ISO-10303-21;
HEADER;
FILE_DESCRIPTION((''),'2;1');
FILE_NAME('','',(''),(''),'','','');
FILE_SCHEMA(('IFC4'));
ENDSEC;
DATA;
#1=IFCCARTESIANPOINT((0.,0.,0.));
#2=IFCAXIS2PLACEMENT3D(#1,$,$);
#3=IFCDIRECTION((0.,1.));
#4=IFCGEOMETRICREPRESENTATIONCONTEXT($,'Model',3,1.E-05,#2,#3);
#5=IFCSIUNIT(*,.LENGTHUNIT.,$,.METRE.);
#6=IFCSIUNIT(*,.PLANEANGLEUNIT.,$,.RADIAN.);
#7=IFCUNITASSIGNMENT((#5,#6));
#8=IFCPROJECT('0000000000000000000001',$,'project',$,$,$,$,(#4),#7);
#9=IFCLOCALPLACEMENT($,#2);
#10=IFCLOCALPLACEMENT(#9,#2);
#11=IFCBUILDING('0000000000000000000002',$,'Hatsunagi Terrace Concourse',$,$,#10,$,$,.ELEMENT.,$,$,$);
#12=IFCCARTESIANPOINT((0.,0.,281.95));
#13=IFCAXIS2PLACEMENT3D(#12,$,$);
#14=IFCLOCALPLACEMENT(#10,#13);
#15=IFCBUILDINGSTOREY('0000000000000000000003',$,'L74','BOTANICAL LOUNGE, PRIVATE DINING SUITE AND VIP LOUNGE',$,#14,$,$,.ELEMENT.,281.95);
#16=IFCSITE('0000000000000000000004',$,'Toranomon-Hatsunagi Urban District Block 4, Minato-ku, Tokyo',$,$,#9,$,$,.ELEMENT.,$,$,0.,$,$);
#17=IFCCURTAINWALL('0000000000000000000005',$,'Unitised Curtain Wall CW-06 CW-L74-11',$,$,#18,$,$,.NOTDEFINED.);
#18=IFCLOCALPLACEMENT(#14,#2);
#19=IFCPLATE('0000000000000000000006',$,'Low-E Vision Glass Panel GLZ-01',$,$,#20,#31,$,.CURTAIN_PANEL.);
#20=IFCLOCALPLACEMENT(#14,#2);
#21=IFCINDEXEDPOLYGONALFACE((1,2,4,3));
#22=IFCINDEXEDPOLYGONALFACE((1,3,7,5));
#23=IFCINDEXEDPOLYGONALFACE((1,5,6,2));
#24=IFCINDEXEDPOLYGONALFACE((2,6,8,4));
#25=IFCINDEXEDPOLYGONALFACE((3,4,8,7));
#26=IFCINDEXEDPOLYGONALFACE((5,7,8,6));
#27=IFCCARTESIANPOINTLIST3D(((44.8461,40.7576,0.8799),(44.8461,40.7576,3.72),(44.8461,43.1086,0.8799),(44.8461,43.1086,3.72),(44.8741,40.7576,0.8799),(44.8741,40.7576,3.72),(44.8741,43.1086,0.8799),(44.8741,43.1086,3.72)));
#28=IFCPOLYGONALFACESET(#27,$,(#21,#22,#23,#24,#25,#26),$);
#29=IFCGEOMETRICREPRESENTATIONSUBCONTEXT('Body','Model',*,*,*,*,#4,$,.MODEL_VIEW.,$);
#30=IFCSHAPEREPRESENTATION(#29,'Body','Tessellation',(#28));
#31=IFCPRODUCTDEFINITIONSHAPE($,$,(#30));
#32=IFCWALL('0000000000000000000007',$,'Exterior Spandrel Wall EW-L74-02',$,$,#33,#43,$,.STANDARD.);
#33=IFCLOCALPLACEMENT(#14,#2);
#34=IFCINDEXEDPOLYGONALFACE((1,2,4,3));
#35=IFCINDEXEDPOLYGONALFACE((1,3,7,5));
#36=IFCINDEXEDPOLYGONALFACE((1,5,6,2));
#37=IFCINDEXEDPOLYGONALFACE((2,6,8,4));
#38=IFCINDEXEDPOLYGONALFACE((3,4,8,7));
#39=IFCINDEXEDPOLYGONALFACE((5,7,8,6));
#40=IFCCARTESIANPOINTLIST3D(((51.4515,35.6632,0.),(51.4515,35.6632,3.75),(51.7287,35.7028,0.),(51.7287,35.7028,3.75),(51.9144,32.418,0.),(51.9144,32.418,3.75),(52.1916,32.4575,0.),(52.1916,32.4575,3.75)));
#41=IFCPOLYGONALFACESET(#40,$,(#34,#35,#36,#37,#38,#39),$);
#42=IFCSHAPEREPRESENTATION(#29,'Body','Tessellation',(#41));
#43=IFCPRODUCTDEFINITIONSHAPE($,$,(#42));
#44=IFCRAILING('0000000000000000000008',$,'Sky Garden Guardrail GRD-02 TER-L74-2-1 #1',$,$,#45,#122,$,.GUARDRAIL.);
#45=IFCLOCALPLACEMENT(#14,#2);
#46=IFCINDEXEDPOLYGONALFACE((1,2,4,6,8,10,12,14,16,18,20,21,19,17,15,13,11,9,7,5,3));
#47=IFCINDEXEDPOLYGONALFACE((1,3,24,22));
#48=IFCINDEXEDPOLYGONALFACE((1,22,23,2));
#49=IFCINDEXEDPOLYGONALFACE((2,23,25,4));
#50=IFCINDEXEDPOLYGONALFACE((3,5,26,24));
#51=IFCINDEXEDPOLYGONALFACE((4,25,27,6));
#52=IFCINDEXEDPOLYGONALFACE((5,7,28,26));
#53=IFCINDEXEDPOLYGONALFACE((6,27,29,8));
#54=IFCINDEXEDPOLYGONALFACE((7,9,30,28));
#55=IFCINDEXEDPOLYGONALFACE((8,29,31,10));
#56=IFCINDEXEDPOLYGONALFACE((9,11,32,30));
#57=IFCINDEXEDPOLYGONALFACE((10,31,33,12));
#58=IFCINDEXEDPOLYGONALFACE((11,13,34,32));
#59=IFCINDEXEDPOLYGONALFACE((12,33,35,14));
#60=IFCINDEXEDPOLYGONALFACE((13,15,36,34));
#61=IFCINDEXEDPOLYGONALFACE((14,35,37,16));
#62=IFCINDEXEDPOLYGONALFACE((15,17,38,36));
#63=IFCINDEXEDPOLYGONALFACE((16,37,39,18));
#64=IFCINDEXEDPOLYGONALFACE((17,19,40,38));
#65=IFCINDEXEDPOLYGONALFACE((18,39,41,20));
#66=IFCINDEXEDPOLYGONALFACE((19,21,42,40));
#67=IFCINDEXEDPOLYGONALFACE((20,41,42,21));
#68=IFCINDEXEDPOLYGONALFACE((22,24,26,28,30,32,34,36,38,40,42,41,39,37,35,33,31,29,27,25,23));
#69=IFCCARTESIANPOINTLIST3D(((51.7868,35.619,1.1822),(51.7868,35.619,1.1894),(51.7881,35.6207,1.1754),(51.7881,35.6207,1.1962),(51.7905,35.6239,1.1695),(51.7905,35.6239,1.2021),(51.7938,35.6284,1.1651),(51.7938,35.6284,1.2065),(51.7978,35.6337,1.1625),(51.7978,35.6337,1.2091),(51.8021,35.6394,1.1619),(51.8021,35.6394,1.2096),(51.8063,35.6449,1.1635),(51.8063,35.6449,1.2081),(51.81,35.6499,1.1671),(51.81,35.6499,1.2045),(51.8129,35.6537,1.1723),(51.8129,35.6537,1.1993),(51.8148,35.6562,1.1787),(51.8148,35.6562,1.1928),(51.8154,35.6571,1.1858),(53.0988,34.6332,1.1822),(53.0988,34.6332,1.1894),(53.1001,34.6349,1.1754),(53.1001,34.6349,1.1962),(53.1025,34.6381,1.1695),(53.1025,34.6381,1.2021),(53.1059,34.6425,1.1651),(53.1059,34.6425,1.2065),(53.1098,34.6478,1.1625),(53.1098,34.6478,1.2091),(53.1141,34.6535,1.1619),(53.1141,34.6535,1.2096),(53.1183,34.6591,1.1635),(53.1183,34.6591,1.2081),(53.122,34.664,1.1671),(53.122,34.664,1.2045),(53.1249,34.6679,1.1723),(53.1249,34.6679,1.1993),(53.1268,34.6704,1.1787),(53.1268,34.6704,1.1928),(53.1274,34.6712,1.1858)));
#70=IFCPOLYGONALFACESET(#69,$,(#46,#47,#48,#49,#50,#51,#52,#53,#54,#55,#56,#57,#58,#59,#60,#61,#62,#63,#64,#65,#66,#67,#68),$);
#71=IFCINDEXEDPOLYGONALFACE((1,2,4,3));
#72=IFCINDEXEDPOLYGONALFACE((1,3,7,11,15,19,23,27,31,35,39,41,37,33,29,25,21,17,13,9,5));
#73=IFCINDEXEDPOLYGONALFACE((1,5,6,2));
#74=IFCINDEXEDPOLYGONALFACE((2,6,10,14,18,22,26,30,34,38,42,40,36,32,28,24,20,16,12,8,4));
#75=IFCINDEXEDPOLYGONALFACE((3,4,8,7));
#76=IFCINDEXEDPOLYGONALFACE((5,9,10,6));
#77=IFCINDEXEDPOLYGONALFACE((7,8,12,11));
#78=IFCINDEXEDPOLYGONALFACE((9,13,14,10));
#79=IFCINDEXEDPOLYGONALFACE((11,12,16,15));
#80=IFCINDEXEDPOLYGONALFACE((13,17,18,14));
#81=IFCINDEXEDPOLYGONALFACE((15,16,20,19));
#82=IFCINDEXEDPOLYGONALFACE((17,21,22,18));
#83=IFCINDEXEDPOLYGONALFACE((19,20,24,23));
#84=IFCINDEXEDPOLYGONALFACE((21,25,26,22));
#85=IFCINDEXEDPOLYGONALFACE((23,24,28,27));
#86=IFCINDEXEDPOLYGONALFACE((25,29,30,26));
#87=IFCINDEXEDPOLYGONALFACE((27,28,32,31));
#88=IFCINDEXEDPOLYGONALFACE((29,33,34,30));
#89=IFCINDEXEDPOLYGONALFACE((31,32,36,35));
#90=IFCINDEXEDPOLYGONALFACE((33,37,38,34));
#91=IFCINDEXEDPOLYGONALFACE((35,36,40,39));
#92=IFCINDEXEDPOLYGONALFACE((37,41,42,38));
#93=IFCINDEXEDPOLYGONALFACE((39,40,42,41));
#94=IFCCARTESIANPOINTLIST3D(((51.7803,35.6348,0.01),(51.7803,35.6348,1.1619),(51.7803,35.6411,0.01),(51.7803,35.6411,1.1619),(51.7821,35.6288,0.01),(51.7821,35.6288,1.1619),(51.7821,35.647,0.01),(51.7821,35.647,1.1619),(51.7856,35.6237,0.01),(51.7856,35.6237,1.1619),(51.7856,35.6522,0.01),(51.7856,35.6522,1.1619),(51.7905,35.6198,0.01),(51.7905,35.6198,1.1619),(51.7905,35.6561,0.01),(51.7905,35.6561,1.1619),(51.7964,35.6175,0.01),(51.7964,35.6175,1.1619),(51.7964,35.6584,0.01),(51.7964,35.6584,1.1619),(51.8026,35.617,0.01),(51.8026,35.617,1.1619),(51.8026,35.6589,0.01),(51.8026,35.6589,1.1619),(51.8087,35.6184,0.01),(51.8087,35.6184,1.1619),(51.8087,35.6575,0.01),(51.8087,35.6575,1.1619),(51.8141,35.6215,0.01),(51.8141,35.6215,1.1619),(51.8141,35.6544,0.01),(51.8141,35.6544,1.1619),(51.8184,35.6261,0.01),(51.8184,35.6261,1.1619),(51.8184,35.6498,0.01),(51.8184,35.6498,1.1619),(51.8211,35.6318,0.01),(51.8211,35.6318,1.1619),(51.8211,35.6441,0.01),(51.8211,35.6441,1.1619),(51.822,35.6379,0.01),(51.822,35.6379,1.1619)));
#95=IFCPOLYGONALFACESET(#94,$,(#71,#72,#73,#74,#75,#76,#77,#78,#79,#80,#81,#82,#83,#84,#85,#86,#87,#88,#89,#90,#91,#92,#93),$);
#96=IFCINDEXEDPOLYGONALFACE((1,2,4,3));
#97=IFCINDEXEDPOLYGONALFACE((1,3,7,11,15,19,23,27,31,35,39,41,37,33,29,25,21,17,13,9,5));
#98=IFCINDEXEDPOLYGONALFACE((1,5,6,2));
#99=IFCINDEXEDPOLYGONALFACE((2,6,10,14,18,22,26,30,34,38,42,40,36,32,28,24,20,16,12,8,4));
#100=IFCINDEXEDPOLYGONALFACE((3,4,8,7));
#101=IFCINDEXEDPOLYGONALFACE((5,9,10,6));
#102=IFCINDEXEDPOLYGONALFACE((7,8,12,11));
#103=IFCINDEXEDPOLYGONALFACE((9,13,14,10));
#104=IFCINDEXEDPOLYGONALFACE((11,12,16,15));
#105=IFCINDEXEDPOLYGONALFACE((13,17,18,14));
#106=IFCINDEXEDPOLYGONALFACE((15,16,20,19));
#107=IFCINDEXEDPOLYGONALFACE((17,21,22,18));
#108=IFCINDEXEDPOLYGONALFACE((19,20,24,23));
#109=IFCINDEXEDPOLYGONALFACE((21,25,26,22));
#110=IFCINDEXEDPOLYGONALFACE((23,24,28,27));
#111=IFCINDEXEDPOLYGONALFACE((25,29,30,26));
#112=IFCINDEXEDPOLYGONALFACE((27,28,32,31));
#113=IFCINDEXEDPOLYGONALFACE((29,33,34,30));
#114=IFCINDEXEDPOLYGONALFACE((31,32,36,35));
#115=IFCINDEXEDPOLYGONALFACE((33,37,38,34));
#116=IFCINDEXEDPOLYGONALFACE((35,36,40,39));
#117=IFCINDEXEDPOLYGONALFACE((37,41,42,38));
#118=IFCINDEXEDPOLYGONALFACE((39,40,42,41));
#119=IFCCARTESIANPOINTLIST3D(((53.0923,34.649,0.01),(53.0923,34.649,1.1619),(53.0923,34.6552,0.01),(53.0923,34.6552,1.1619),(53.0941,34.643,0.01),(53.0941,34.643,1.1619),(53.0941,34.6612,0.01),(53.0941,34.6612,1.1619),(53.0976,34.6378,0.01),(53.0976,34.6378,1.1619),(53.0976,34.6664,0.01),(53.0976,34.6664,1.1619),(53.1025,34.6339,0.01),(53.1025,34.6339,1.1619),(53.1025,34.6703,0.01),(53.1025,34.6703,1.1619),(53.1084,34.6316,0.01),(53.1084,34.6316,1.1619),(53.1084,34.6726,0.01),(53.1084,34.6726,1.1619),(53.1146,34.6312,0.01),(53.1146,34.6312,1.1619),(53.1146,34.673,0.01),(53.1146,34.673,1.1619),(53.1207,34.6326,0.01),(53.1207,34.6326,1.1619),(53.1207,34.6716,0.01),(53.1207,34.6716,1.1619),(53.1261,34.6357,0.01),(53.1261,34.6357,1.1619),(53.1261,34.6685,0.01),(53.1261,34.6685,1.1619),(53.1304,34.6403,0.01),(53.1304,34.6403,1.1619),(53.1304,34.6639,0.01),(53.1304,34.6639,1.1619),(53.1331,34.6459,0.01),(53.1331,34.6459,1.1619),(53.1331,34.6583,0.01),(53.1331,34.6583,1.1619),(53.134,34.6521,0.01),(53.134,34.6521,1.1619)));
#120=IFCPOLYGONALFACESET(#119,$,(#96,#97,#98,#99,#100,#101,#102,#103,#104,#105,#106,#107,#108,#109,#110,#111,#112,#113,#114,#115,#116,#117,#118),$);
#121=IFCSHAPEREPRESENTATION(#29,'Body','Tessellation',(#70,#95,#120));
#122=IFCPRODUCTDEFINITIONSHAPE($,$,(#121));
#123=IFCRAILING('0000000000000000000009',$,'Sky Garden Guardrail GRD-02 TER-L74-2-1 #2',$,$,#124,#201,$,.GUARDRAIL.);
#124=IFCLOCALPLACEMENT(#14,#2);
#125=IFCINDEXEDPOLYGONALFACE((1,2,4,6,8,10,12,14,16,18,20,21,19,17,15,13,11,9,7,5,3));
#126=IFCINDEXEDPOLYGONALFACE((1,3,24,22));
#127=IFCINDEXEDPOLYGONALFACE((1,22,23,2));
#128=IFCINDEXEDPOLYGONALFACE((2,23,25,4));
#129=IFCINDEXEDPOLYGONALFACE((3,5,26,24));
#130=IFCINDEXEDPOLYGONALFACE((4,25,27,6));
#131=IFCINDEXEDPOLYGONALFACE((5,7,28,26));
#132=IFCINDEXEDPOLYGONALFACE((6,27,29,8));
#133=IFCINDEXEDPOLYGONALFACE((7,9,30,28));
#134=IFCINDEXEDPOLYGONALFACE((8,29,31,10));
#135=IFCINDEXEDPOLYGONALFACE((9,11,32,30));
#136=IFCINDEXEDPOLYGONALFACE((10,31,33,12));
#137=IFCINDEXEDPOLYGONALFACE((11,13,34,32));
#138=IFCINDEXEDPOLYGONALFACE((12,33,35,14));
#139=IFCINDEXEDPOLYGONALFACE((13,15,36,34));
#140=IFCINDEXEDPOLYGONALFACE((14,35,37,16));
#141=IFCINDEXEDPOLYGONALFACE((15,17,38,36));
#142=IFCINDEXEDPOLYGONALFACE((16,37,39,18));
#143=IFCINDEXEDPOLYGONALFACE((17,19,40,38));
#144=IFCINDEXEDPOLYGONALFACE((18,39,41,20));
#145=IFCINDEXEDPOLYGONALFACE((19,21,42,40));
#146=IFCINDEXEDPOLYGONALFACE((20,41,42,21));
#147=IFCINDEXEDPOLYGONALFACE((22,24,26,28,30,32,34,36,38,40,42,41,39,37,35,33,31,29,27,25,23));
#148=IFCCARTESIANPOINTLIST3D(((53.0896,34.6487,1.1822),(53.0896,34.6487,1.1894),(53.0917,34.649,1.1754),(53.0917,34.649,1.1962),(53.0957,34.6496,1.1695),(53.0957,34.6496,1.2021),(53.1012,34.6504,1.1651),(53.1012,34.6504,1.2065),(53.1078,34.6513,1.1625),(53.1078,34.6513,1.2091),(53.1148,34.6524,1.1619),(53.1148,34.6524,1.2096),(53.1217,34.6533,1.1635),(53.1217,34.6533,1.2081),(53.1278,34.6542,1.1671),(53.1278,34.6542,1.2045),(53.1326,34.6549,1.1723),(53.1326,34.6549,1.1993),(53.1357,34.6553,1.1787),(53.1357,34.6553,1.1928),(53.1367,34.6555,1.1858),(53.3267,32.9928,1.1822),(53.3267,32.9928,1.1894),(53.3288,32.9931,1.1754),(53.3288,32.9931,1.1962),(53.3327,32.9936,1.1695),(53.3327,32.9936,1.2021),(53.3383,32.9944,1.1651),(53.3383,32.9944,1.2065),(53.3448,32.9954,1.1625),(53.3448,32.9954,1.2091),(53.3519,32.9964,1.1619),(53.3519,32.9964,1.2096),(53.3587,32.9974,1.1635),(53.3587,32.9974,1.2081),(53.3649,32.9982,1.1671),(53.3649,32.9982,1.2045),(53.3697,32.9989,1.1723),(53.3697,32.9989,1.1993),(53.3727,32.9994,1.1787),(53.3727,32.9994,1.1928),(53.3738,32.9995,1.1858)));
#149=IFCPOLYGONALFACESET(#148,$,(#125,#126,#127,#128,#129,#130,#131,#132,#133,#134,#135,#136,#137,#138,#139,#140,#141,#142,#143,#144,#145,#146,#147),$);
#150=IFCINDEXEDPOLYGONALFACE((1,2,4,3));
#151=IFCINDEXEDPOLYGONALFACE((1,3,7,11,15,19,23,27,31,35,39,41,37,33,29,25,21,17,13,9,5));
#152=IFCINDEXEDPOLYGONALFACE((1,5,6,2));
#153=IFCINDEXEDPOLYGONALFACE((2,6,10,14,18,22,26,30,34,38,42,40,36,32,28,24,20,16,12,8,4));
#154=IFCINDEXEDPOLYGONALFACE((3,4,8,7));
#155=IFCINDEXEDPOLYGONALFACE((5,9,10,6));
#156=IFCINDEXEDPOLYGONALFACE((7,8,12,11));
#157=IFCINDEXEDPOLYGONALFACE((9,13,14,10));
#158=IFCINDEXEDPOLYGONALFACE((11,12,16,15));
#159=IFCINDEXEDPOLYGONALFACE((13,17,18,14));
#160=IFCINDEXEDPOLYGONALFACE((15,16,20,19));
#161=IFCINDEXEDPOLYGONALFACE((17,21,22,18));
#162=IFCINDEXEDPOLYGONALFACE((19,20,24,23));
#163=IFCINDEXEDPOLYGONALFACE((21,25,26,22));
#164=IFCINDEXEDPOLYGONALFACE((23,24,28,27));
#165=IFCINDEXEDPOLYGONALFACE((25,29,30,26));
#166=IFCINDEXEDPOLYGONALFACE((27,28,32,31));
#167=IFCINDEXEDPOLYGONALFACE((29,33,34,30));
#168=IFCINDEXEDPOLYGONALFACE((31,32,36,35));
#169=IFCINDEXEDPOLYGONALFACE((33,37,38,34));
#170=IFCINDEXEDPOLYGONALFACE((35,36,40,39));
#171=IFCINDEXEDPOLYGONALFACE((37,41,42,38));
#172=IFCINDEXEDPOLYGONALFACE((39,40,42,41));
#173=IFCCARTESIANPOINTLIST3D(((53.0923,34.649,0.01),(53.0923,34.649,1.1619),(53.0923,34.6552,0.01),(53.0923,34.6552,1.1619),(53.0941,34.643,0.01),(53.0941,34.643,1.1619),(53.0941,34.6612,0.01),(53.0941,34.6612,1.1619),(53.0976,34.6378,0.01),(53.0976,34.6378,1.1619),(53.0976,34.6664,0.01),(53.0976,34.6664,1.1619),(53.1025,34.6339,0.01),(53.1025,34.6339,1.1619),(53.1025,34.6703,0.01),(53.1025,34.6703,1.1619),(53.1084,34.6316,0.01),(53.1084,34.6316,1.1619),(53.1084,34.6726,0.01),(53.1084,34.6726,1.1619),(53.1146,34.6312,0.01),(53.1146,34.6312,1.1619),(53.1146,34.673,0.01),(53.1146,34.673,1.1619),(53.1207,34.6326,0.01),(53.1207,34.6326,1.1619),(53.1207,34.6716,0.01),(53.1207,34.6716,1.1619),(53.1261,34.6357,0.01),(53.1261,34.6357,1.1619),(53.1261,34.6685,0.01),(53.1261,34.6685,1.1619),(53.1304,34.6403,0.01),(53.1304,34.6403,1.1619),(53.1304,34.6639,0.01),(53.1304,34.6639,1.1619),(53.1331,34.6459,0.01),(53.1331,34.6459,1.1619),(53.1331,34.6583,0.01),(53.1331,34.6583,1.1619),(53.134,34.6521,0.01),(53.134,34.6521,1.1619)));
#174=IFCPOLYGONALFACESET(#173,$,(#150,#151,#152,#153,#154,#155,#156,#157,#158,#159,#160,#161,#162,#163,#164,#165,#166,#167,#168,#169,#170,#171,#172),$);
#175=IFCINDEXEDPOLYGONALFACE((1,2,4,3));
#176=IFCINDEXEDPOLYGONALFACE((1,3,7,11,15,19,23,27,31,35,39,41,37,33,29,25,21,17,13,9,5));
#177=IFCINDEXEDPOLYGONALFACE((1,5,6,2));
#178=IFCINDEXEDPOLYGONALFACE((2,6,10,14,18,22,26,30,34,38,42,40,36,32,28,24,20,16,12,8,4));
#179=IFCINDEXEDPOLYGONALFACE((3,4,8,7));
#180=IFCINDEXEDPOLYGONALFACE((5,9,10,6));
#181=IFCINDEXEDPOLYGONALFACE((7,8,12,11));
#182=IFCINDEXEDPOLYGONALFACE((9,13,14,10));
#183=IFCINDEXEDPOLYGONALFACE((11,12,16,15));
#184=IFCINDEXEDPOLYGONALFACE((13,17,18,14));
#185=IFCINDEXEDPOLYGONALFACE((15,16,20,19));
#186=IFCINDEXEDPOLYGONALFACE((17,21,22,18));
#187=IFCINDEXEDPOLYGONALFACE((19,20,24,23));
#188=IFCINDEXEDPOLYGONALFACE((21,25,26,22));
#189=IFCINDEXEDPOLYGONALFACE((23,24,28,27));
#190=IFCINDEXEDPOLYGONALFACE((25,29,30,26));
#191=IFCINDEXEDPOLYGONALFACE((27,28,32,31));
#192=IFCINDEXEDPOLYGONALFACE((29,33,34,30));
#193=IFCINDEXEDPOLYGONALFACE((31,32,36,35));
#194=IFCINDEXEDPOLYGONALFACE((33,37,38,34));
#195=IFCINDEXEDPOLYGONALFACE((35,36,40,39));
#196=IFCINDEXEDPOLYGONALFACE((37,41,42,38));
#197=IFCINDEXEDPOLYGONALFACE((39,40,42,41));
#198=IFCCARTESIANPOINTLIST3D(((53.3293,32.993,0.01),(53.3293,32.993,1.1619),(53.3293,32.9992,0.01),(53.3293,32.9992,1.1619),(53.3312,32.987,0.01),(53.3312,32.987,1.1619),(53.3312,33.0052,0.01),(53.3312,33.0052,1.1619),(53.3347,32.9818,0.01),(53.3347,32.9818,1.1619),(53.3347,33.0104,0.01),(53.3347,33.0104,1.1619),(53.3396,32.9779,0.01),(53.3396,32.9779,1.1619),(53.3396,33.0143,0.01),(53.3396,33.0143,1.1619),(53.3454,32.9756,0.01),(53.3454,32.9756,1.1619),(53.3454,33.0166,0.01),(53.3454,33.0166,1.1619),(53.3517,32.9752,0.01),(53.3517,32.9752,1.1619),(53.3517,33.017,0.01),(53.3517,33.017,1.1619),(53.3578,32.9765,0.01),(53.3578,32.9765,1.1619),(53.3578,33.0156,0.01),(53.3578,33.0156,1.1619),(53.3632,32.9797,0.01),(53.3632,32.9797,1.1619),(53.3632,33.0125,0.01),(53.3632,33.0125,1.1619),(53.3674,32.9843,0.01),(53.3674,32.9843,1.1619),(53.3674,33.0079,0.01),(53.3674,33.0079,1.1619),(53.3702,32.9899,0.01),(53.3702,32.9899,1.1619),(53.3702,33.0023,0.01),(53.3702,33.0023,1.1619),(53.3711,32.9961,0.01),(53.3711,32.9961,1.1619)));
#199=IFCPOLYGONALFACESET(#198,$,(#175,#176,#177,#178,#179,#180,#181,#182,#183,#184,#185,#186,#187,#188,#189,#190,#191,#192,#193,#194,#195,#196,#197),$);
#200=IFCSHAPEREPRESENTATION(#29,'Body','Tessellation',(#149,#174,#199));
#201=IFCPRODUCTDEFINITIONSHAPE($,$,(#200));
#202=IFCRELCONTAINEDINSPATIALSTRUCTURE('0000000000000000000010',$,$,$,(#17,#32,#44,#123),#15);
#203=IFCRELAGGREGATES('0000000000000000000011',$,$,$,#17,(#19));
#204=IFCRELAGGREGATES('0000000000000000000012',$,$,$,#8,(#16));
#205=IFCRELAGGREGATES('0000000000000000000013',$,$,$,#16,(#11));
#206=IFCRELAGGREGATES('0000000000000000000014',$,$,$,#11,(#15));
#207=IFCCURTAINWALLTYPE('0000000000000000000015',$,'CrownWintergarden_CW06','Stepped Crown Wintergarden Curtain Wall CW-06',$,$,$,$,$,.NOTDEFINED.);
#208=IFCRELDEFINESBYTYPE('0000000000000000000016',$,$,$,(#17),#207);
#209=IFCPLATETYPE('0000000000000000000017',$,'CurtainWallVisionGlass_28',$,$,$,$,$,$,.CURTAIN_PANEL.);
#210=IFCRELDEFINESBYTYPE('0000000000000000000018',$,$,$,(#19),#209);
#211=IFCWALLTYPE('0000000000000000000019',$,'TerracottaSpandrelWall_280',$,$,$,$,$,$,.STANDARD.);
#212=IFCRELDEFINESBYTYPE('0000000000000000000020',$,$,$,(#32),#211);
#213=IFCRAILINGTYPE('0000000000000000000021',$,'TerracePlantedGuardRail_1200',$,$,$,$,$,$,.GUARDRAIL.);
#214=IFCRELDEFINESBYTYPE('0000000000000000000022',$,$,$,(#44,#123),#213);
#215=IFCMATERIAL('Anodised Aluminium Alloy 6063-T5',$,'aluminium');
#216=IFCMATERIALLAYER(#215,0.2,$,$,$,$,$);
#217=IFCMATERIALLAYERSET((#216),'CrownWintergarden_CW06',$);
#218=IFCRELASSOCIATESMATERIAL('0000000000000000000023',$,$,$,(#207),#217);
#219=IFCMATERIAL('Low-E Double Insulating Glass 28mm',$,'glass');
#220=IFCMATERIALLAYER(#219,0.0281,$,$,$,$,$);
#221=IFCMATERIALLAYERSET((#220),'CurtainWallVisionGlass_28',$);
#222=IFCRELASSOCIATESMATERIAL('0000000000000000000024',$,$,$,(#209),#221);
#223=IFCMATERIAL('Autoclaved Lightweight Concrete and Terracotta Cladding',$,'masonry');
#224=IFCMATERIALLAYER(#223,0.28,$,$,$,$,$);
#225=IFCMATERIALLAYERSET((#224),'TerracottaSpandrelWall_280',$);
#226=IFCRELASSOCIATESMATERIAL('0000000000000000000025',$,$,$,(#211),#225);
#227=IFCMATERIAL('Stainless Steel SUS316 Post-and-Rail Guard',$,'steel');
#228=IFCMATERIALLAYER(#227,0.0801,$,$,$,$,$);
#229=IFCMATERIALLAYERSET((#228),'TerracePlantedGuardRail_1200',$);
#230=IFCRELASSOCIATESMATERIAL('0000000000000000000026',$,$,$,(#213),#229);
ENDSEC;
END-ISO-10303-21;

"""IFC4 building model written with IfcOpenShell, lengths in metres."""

from ifc_helpers import new_model, si_unit, direction, frame, frame_2d, origin, origin_2d, place, context, subcontext, project, spatial, rectangle, circle, extrude, material, layer, layer_set, type_object, element, aggregate, save


model = new_model("IFC4")

# Units and contexts
model_context = context("Model", 3, precision=1e-05, world=origin(), true_north=direction((0.0, 1.0)))
body_context = subcontext(model_context, "Body", "Model", "MODEL_VIEW")
ifc_project = project(units=[si_unit("LENGTHUNIT", "METRE"), si_unit("PLANEANGLEUNIT", "RADIAN")], contexts=[model_context])

# Site, building, storey
site_placement = place(None, origin())
site = spatial("IfcSite", under=ifc_project, at=site_placement, Name="Toranomon-Hatsunagi Urban District Block 4, Minato-ku, Tokyo", CompositionType="ELEMENT", RefElevation=0.0)
building_placement = place(site_placement, origin())
building = spatial("IfcBuilding", under=site, at=building_placement, Name="Hatsunagi Terrace Concourse", CompositionType="ELEMENT")
storey_placement = place(building_placement, frame((0.0, 0.0, 281.95)))
storey = spatial("IfcBuildingStorey", under=building, at=storey_placement, Name="L74", Description="BOTANICAL LOUNGE, PRIVATE DINING SUITE AND VIP LOUNGE", CompositionType="ELEMENT", Elevation=281.95)

# Curtain wall
ifc_material_1 = material(Name="Anodised Aluminium Alloy 6063-T5", Category="aluminium")
ifc_layer_1 = layer(ifc_material_1, 0.2)
ifc_layer_set_1 = layer_set([ifc_layer_1], Name="CrownWintergarden_CW06")
curtain_wall_type = type_object("IfcCurtainWallType", Name="CrownWintergarden_CW06", Description="Stepped Crown Wintergarden Curtain Wall CW-06", PredefinedType="NOTDEFINED", material=ifc_layer_set_1)
curtain_wall_1_placement = place(storey_placement, origin())
curtain_wall_1 = element("IfcCurtainWall", 1, at=curtain_wall_1_placement, inside=storey, type_object=curtain_wall_type, Name="Unitised Curtain Wall CW-06 CW-L74-11", PredefinedType="NOTDEFINED")

# Plate
ifc_material_2 = material(Name="Low-E Double Insulating Glass 28mm", Category="glass")
ifc_layer_2 = layer(ifc_material_2, 0.0281)
ifc_layer_set_2 = layer_set([ifc_layer_2], Name="CurtainWallVisionGlass_28")
plate_type_1 = type_object("IfcPlateType", Name="CurtainWallVisionGlass_28", PredefinedType="CURTAIN_PANEL", material=ifc_layer_set_2)
plate_1_placement = place(storey_placement, frame((44.8601, 41.9331, 0.8799), z_axis=(0.0, 0.0, 1.0), x_axis=(0.0, -1.0, 0.0)))
plate_1 = element("IfcPlate", 2, at=plate_1_placement, type_object=plate_type_1, Name="Low-E Vision Glass Panel GLZ-01", PredefinedType="CURTAIN_PANEL", context=body_context, shape_type="SweptSolid", body=[
    extrude(rectangle(XDim=2.3511, YDim=0.0281, at=origin_2d()), origin(), (0.0, 0.0, 1.0), 2.8401),
])
aggregate(curtain_wall_1, [plate_1])

# Wall
ifc_material_3 = material(Name="Autoclaved Lightweight Concrete and Terracotta Cladding", Category="masonry")
ifc_layer_3 = layer(ifc_material_3, 0.28)
ifc_layer_set_3 = layer_set([ifc_layer_3], Name="TerracottaSpandrelWall_280")
wall_type = type_object("IfcWallType", Name="TerracottaSpandrelWall_280", PredefinedType="STANDARD", material=ifc_layer_set_3)
wall_placement = place(storey_placement, frame((51.5901, 35.6831, 0.0), z_axis=(0.0, 0.0, 1.0), x_axis=(0.141213, -0.989979, 0.0)))
element("IfcWall", 3, at=wall_placement, inside=storey, type_object=wall_type, Name="Exterior Spandrel Wall EW-L74-02", PredefinedType="STANDARD", context=body_context, shape_type="SweptSolid", body=[
    extrude(rectangle(XDim=3.2781, YDim=0.28, at=frame_2d((1.6392, 0.0))), origin(), (0.0, 0.0, 1.0), 3.75),
])

# Railings
ifc_material_4 = material(Name="Stainless Steel SUS316 Post-and-Rail Guard", Category="steel")
ifc_layer_4 = layer(ifc_material_4, 0.0801)
ifc_layer_set_4 = layer_set([ifc_layer_4], Name="TerracePlantedGuardRail_1200")
railing_type = type_object("IfcRailingType", Name="TerracePlantedGuardRail_1200", PredefinedType="GUARDRAIL", material=ifc_layer_set_4)
railing_1_placement = place(storey_placement, frame((51.801, 35.6379, 0.01)))
element("IfcRailing", 4, at=railing_1_placement, inside=storey, type_object=railing_type, Name="Sky Garden Guardrail GRD-02 TER-L74-2-1 #1", PredefinedType="GUARDRAIL", context=body_context, shape_type="SweptSolid", body=[
    extrude(circle(Radius=0.0239, at=origin_2d()), frame((0.0, 0.0, 1.1758), z_axis=(0.799464, -0.600714, 0.0), x_axis=(0.600714, 0.799464, 0.0)), (0.0, 0.0, 1.0), 1.6411),
    extrude(circle(Radius=0.021, at=origin_2d()), origin(), (0.0, 0.0, 1.0), 1.1519),
    extrude(circle(Radius=0.021, at=origin_2d()), frame((1.312, -0.9858, 0.0)), (0.0, 0.0, 1.0), 1.1519),
])
railing_2_placement = place(storey_placement, frame((53.113, 34.6521, 0.01)))
element("IfcRailing", 5, at=railing_2_placement, inside=storey, type_object=railing_type, Name="Sky Garden Guardrail GRD-02 TER-L74-2-1 #2", PredefinedType="GUARDRAIL", context=body_context, shape_type="SweptSolid", body=[
    extrude(circle(Radius=0.0239, at=origin_2d()), frame((0.0, 0.0, 1.1758), z_axis=(0.141707, -0.989909, 0.0), x_axis=(0.989909, 0.141707, 0.0)), (0.0, 0.0, 1.0), 1.6729),
    extrude(circle(Radius=0.021, at=origin_2d()), origin(), (0.0, 0.0, 1.0), 1.1519),
    extrude(circle(Radius=0.021, at=origin_2d()), frame((0.2371, -1.656, 0.0)), (0.0, 0.0, 1.0), 1.1519),
])

save(model, "model.ifc")
